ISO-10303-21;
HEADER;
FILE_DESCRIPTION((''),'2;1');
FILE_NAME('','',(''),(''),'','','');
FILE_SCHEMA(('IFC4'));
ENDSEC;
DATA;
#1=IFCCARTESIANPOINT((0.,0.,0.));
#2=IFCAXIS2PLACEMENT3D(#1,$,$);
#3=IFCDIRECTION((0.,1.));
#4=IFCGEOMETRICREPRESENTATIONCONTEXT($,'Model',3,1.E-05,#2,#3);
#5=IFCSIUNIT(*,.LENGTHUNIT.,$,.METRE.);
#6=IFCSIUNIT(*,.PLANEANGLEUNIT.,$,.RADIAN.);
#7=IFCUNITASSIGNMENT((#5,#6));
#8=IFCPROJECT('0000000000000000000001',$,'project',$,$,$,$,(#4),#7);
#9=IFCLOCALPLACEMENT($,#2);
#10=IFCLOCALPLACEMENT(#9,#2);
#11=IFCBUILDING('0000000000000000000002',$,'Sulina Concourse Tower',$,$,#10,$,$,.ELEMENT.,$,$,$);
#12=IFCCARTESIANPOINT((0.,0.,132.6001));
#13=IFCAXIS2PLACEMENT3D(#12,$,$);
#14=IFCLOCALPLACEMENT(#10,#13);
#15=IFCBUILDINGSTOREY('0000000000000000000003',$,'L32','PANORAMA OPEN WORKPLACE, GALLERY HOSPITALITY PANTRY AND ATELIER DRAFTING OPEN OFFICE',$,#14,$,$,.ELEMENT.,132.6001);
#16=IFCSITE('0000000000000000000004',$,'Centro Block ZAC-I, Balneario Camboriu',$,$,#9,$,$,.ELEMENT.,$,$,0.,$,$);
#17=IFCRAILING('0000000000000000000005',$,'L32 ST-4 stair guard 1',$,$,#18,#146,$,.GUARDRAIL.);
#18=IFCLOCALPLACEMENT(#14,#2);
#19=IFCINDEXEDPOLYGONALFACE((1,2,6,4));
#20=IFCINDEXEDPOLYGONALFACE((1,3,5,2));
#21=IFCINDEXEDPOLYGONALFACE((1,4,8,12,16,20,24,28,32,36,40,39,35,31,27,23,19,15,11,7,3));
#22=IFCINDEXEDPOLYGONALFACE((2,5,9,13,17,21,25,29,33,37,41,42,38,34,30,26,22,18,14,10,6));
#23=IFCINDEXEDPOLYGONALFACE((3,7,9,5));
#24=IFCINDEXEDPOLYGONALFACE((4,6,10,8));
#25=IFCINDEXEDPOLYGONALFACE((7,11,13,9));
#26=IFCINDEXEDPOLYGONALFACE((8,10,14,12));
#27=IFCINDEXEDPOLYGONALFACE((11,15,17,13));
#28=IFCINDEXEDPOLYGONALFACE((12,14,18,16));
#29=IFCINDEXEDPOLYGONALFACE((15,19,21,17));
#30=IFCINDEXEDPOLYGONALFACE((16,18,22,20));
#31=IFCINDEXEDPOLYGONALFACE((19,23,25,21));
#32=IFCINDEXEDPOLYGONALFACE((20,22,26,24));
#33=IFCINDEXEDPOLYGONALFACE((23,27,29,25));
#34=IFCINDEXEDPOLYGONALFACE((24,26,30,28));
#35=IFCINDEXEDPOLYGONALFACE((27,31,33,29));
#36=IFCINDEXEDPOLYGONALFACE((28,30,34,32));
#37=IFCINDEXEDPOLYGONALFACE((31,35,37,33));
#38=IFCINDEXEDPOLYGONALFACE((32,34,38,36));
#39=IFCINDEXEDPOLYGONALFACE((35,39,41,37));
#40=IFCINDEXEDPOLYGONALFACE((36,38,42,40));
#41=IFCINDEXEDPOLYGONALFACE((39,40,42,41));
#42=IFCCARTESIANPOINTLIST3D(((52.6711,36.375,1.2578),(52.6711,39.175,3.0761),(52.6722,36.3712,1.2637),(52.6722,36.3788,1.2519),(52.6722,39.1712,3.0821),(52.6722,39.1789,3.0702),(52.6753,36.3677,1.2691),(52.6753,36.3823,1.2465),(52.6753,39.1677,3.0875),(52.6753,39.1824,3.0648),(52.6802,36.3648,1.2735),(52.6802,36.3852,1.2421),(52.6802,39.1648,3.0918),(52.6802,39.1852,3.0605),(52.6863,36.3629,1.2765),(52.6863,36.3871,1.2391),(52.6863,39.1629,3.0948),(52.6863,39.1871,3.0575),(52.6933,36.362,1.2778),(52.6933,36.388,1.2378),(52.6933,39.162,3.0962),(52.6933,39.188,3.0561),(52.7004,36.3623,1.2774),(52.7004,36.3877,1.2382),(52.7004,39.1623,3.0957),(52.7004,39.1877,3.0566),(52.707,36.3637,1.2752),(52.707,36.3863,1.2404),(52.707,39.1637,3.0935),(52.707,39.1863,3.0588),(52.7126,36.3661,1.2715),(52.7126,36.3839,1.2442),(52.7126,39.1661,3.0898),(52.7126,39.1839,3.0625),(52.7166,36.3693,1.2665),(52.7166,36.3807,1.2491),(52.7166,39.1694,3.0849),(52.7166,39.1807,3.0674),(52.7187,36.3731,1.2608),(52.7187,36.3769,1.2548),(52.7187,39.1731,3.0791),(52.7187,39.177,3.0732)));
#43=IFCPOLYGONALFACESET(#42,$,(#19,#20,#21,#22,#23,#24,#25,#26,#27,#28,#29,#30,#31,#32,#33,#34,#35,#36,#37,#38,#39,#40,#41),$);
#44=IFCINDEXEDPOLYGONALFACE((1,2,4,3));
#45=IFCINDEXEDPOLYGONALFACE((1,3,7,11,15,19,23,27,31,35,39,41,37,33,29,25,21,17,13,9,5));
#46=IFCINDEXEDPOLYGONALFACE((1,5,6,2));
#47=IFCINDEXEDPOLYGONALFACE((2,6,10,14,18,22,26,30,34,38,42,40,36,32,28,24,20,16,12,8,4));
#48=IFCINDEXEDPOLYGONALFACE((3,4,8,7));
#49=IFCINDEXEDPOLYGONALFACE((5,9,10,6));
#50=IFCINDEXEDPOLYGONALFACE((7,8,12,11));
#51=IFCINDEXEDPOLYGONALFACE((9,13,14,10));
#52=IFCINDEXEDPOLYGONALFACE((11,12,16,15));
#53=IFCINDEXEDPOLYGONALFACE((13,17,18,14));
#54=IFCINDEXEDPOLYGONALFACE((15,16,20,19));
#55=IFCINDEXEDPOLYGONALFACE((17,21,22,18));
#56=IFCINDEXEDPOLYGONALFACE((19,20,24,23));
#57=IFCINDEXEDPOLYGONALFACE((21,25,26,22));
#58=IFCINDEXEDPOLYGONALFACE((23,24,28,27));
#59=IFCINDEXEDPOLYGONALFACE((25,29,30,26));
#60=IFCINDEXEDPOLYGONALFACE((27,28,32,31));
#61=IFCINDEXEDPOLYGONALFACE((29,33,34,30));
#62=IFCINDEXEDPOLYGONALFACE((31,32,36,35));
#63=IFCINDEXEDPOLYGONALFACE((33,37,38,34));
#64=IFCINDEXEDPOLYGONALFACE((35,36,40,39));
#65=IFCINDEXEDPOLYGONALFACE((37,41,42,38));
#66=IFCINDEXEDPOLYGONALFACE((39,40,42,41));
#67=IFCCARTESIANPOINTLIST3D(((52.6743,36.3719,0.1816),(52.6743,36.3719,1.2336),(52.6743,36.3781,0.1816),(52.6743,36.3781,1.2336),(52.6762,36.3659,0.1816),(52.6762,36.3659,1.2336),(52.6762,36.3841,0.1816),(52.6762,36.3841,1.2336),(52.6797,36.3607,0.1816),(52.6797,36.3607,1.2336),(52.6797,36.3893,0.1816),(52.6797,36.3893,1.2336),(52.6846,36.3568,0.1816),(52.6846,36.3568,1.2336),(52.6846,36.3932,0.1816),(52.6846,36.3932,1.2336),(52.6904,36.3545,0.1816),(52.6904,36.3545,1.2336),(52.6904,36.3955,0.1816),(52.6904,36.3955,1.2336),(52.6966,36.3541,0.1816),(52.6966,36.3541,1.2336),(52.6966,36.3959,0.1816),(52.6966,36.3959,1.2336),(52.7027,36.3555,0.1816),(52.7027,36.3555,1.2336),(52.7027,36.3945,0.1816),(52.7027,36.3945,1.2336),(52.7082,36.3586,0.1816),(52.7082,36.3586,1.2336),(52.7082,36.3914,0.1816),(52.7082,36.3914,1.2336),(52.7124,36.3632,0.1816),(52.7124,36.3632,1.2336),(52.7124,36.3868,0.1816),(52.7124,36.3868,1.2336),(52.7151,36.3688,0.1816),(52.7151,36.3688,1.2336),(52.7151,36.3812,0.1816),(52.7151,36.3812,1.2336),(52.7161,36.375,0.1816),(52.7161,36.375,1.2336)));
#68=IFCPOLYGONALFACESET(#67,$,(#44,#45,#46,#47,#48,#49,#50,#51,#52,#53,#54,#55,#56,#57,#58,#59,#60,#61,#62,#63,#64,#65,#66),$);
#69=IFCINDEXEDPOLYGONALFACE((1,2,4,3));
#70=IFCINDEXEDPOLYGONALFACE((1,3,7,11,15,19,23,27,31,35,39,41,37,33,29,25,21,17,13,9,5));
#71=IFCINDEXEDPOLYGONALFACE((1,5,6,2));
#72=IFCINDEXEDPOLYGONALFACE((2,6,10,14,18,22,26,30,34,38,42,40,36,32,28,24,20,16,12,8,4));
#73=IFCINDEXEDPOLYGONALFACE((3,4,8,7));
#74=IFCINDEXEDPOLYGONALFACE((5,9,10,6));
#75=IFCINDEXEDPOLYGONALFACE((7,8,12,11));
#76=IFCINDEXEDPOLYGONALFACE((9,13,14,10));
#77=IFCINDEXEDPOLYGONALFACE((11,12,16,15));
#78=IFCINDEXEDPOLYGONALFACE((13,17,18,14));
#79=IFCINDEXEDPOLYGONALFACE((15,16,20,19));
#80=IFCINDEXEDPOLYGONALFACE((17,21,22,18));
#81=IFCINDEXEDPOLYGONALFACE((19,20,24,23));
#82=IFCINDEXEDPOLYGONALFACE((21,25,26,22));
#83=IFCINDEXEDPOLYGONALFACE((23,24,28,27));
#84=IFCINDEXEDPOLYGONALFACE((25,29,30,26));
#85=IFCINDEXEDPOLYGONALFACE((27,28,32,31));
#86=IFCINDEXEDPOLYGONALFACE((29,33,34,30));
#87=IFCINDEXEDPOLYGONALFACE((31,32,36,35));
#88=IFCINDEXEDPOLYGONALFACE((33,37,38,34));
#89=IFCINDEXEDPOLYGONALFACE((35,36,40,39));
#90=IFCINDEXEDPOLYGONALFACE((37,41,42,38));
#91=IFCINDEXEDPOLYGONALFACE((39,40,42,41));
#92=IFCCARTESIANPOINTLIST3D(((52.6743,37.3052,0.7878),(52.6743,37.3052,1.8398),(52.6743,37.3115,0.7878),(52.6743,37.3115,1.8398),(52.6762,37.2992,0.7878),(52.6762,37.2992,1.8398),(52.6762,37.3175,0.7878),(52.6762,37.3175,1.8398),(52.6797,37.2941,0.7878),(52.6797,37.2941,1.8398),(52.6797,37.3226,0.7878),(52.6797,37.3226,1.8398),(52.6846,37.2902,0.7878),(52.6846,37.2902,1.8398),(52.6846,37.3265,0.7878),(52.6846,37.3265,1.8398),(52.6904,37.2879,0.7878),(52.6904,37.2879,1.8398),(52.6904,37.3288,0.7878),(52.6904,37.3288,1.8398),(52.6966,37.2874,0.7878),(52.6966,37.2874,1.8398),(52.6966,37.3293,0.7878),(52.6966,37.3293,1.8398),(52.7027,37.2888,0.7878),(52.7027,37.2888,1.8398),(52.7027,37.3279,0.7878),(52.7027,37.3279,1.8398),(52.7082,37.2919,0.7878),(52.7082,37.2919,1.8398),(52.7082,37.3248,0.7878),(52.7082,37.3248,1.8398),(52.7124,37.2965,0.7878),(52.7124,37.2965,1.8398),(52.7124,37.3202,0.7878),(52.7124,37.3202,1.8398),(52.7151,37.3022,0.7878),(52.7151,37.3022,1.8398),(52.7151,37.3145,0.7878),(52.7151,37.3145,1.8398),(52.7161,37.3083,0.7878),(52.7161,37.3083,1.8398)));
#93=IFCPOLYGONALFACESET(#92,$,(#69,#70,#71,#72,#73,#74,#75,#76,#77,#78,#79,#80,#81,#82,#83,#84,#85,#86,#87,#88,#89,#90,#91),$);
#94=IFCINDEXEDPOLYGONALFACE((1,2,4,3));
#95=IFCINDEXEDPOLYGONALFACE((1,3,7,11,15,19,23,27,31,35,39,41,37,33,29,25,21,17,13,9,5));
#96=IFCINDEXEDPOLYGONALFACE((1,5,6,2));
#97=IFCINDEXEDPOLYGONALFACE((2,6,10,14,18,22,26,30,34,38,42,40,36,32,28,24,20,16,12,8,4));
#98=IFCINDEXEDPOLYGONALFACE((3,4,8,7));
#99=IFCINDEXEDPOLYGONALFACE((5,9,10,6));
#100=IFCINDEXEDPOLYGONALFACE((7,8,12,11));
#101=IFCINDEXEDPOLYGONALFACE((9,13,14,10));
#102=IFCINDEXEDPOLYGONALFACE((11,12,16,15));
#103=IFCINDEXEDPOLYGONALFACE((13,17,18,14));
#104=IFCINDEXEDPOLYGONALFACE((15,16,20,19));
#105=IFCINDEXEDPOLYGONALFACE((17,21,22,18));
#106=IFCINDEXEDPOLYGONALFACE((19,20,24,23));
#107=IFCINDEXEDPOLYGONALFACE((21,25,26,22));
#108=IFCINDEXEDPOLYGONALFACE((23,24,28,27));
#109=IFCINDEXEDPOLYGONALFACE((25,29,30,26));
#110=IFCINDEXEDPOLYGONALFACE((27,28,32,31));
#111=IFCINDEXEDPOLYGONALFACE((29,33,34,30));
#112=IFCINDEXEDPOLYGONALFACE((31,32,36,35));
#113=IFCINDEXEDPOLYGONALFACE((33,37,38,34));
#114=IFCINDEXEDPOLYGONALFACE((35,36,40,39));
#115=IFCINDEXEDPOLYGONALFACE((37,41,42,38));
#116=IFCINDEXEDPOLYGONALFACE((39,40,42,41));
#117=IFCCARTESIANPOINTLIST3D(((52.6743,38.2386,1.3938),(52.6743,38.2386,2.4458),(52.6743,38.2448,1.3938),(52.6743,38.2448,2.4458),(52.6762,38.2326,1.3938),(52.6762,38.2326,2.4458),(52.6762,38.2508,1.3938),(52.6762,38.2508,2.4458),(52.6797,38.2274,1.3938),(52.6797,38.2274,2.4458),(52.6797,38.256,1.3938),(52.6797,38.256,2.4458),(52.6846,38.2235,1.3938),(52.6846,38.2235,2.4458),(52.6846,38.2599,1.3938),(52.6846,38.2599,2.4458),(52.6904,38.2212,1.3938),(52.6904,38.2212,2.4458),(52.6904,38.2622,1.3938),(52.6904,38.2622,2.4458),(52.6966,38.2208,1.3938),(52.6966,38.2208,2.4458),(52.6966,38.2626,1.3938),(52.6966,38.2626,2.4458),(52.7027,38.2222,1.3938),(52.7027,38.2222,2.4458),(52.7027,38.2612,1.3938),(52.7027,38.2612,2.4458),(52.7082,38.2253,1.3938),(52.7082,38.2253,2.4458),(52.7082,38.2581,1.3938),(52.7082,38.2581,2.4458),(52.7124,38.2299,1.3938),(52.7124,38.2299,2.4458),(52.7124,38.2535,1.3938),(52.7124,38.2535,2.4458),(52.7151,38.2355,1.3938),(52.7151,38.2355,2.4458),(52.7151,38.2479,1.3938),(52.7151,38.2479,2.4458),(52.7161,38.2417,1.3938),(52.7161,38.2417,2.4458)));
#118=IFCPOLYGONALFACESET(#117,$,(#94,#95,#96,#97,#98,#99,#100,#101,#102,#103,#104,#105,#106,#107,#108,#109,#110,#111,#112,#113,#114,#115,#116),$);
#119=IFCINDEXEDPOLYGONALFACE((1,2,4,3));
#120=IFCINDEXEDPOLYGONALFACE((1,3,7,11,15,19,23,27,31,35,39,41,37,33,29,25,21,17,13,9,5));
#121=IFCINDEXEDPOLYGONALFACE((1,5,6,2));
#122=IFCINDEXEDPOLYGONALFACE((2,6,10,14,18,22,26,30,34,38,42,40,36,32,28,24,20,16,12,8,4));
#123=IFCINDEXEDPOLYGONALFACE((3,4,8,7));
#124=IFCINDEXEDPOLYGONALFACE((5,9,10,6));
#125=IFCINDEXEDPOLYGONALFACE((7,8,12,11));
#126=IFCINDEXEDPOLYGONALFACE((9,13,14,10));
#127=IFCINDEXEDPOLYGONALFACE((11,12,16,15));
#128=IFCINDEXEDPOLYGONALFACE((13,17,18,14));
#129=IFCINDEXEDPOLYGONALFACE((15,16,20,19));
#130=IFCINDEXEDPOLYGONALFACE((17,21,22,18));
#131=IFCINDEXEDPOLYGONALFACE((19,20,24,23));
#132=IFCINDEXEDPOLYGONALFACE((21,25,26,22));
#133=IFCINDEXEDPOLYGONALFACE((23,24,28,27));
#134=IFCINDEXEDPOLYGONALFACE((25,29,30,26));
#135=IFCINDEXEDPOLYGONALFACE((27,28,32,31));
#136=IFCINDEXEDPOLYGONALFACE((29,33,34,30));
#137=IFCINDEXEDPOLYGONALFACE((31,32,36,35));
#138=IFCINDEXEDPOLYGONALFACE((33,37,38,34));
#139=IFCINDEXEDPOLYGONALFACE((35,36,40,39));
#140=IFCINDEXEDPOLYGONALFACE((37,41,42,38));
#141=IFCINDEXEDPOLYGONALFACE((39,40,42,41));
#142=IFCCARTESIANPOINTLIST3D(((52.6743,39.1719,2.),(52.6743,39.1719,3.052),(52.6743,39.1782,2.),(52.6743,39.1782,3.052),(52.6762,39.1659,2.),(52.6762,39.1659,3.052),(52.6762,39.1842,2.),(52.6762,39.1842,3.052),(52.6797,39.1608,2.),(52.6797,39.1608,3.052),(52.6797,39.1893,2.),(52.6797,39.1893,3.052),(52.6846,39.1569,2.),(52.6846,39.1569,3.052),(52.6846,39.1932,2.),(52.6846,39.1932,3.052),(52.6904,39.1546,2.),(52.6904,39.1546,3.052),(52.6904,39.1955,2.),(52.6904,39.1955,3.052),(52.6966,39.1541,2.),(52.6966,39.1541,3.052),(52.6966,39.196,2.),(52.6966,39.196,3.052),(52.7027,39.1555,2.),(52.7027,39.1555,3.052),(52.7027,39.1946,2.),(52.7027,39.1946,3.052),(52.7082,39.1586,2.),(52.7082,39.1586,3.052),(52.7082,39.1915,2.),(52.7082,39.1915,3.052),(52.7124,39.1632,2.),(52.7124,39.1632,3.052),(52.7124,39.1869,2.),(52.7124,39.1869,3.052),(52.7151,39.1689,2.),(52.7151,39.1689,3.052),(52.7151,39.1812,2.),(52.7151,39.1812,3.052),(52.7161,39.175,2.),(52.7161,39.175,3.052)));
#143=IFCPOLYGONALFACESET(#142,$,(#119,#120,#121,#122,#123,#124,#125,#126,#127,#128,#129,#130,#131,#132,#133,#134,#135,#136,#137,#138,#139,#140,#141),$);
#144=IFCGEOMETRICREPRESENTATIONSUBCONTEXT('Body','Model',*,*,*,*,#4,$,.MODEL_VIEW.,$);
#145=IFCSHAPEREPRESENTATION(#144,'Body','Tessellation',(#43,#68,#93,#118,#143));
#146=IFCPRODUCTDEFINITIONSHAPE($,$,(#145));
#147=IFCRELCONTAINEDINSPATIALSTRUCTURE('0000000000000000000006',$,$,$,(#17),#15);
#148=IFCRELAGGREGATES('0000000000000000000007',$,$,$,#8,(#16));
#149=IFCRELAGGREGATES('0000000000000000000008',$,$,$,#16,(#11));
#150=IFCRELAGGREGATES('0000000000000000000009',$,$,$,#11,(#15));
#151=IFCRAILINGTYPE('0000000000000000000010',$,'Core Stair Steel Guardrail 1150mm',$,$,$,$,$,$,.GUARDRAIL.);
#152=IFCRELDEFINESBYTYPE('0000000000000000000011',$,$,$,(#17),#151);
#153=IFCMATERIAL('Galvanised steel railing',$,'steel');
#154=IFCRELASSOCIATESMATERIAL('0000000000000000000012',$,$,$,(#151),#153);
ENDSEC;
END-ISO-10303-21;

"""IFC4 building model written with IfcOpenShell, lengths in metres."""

from ifc_helpers import new_model, si_unit, direction, frame, origin, origin_2d, place, context, subcontext, project, spatial, circle, extrude, material, type_object, element, save


model = new_model("IFC4")

# Units and contexts
model_context = context("Model", 3, precision=1e-05, world=origin(), true_north=direction((0.0, 1.0)))
body_context = subcontext(model_context, "Body", "Model", "MODEL_VIEW")
ifc_project = project(units=[si_unit("LENGTHUNIT", "METRE"), si_unit("PLANEANGLEUNIT", "RADIAN")], contexts=[model_context])

# Site, building, storey
site_placement = place(None, origin())
site = spatial("IfcSite", under=ifc_project, at=site_placement, Name="Centro Block ZAC-I, Balneario Camboriu", CompositionType="ELEMENT", RefElevation=0.0)
building_placement = place(site_placement, origin())
building = spatial("IfcBuilding", under=site, at=building_placement, Name="Sulina Concourse Tower", CompositionType="ELEMENT")
storey_placement = place(building_placement, frame((0.0, 0.0, 132.6001)))
storey = spatial("IfcBuildingStorey", under=building, at=storey_placement, Name="L32", Description="PANORAMA OPEN WORKPLACE, GALLERY HOSPITALITY PANTRY AND ATELIER DRAFTING OPEN OFFICE", CompositionType="ELEMENT", Elevation=132.6001)

# Railing
ifc_material_1 = material(Name="Galvanised steel railing", Category="steel")
railing_type_1 = type_object("IfcRailingType", Name="Core Stair Steel Guardrail 1150mm", PredefinedType="GUARDRAIL", material=ifc_material_1)
railing_1_placement = place(storey_placement, frame((52.6951, 36.375, 0.1816)))
element("IfcRailing", 1, at=railing_1_placement, inside=storey, type_object=railing_type_1, Name="L32 ST-4 stair guard 1", PredefinedType="GUARDRAIL", context=body_context, shape_type="SweptSolid", body=[
    extrude(circle(Radius=0.0239, at=origin_2d()), frame((0.0, 0.0, 1.0762), z_axis=(0.0, 0.838672, 0.544636), x_axis=(-1.0, 0.0, 0.0)), (0.0, 0.0, 1.0), 3.3386),
    extrude(circle(Radius=0.021, at=origin_2d()), origin(), (0.0, 0.0, 1.0), 1.052),
    extrude(circle(Radius=0.021, at=origin_2d()), frame((0.0, 0.9333, 0.6062)), (0.0, 0.0, 1.0), 1.052),
    extrude(circle(Radius=0.021, at=origin_2d()), frame((0.0, 1.8667, 1.2122)), (0.0, 0.0, 1.0), 1.052),
    extrude(circle(Radius=0.021, at=origin_2d()), frame((0.0, 2.8, 1.8184)), (0.0, 0.0, 1.0), 1.052),
])

save(model, "model.ifc")
